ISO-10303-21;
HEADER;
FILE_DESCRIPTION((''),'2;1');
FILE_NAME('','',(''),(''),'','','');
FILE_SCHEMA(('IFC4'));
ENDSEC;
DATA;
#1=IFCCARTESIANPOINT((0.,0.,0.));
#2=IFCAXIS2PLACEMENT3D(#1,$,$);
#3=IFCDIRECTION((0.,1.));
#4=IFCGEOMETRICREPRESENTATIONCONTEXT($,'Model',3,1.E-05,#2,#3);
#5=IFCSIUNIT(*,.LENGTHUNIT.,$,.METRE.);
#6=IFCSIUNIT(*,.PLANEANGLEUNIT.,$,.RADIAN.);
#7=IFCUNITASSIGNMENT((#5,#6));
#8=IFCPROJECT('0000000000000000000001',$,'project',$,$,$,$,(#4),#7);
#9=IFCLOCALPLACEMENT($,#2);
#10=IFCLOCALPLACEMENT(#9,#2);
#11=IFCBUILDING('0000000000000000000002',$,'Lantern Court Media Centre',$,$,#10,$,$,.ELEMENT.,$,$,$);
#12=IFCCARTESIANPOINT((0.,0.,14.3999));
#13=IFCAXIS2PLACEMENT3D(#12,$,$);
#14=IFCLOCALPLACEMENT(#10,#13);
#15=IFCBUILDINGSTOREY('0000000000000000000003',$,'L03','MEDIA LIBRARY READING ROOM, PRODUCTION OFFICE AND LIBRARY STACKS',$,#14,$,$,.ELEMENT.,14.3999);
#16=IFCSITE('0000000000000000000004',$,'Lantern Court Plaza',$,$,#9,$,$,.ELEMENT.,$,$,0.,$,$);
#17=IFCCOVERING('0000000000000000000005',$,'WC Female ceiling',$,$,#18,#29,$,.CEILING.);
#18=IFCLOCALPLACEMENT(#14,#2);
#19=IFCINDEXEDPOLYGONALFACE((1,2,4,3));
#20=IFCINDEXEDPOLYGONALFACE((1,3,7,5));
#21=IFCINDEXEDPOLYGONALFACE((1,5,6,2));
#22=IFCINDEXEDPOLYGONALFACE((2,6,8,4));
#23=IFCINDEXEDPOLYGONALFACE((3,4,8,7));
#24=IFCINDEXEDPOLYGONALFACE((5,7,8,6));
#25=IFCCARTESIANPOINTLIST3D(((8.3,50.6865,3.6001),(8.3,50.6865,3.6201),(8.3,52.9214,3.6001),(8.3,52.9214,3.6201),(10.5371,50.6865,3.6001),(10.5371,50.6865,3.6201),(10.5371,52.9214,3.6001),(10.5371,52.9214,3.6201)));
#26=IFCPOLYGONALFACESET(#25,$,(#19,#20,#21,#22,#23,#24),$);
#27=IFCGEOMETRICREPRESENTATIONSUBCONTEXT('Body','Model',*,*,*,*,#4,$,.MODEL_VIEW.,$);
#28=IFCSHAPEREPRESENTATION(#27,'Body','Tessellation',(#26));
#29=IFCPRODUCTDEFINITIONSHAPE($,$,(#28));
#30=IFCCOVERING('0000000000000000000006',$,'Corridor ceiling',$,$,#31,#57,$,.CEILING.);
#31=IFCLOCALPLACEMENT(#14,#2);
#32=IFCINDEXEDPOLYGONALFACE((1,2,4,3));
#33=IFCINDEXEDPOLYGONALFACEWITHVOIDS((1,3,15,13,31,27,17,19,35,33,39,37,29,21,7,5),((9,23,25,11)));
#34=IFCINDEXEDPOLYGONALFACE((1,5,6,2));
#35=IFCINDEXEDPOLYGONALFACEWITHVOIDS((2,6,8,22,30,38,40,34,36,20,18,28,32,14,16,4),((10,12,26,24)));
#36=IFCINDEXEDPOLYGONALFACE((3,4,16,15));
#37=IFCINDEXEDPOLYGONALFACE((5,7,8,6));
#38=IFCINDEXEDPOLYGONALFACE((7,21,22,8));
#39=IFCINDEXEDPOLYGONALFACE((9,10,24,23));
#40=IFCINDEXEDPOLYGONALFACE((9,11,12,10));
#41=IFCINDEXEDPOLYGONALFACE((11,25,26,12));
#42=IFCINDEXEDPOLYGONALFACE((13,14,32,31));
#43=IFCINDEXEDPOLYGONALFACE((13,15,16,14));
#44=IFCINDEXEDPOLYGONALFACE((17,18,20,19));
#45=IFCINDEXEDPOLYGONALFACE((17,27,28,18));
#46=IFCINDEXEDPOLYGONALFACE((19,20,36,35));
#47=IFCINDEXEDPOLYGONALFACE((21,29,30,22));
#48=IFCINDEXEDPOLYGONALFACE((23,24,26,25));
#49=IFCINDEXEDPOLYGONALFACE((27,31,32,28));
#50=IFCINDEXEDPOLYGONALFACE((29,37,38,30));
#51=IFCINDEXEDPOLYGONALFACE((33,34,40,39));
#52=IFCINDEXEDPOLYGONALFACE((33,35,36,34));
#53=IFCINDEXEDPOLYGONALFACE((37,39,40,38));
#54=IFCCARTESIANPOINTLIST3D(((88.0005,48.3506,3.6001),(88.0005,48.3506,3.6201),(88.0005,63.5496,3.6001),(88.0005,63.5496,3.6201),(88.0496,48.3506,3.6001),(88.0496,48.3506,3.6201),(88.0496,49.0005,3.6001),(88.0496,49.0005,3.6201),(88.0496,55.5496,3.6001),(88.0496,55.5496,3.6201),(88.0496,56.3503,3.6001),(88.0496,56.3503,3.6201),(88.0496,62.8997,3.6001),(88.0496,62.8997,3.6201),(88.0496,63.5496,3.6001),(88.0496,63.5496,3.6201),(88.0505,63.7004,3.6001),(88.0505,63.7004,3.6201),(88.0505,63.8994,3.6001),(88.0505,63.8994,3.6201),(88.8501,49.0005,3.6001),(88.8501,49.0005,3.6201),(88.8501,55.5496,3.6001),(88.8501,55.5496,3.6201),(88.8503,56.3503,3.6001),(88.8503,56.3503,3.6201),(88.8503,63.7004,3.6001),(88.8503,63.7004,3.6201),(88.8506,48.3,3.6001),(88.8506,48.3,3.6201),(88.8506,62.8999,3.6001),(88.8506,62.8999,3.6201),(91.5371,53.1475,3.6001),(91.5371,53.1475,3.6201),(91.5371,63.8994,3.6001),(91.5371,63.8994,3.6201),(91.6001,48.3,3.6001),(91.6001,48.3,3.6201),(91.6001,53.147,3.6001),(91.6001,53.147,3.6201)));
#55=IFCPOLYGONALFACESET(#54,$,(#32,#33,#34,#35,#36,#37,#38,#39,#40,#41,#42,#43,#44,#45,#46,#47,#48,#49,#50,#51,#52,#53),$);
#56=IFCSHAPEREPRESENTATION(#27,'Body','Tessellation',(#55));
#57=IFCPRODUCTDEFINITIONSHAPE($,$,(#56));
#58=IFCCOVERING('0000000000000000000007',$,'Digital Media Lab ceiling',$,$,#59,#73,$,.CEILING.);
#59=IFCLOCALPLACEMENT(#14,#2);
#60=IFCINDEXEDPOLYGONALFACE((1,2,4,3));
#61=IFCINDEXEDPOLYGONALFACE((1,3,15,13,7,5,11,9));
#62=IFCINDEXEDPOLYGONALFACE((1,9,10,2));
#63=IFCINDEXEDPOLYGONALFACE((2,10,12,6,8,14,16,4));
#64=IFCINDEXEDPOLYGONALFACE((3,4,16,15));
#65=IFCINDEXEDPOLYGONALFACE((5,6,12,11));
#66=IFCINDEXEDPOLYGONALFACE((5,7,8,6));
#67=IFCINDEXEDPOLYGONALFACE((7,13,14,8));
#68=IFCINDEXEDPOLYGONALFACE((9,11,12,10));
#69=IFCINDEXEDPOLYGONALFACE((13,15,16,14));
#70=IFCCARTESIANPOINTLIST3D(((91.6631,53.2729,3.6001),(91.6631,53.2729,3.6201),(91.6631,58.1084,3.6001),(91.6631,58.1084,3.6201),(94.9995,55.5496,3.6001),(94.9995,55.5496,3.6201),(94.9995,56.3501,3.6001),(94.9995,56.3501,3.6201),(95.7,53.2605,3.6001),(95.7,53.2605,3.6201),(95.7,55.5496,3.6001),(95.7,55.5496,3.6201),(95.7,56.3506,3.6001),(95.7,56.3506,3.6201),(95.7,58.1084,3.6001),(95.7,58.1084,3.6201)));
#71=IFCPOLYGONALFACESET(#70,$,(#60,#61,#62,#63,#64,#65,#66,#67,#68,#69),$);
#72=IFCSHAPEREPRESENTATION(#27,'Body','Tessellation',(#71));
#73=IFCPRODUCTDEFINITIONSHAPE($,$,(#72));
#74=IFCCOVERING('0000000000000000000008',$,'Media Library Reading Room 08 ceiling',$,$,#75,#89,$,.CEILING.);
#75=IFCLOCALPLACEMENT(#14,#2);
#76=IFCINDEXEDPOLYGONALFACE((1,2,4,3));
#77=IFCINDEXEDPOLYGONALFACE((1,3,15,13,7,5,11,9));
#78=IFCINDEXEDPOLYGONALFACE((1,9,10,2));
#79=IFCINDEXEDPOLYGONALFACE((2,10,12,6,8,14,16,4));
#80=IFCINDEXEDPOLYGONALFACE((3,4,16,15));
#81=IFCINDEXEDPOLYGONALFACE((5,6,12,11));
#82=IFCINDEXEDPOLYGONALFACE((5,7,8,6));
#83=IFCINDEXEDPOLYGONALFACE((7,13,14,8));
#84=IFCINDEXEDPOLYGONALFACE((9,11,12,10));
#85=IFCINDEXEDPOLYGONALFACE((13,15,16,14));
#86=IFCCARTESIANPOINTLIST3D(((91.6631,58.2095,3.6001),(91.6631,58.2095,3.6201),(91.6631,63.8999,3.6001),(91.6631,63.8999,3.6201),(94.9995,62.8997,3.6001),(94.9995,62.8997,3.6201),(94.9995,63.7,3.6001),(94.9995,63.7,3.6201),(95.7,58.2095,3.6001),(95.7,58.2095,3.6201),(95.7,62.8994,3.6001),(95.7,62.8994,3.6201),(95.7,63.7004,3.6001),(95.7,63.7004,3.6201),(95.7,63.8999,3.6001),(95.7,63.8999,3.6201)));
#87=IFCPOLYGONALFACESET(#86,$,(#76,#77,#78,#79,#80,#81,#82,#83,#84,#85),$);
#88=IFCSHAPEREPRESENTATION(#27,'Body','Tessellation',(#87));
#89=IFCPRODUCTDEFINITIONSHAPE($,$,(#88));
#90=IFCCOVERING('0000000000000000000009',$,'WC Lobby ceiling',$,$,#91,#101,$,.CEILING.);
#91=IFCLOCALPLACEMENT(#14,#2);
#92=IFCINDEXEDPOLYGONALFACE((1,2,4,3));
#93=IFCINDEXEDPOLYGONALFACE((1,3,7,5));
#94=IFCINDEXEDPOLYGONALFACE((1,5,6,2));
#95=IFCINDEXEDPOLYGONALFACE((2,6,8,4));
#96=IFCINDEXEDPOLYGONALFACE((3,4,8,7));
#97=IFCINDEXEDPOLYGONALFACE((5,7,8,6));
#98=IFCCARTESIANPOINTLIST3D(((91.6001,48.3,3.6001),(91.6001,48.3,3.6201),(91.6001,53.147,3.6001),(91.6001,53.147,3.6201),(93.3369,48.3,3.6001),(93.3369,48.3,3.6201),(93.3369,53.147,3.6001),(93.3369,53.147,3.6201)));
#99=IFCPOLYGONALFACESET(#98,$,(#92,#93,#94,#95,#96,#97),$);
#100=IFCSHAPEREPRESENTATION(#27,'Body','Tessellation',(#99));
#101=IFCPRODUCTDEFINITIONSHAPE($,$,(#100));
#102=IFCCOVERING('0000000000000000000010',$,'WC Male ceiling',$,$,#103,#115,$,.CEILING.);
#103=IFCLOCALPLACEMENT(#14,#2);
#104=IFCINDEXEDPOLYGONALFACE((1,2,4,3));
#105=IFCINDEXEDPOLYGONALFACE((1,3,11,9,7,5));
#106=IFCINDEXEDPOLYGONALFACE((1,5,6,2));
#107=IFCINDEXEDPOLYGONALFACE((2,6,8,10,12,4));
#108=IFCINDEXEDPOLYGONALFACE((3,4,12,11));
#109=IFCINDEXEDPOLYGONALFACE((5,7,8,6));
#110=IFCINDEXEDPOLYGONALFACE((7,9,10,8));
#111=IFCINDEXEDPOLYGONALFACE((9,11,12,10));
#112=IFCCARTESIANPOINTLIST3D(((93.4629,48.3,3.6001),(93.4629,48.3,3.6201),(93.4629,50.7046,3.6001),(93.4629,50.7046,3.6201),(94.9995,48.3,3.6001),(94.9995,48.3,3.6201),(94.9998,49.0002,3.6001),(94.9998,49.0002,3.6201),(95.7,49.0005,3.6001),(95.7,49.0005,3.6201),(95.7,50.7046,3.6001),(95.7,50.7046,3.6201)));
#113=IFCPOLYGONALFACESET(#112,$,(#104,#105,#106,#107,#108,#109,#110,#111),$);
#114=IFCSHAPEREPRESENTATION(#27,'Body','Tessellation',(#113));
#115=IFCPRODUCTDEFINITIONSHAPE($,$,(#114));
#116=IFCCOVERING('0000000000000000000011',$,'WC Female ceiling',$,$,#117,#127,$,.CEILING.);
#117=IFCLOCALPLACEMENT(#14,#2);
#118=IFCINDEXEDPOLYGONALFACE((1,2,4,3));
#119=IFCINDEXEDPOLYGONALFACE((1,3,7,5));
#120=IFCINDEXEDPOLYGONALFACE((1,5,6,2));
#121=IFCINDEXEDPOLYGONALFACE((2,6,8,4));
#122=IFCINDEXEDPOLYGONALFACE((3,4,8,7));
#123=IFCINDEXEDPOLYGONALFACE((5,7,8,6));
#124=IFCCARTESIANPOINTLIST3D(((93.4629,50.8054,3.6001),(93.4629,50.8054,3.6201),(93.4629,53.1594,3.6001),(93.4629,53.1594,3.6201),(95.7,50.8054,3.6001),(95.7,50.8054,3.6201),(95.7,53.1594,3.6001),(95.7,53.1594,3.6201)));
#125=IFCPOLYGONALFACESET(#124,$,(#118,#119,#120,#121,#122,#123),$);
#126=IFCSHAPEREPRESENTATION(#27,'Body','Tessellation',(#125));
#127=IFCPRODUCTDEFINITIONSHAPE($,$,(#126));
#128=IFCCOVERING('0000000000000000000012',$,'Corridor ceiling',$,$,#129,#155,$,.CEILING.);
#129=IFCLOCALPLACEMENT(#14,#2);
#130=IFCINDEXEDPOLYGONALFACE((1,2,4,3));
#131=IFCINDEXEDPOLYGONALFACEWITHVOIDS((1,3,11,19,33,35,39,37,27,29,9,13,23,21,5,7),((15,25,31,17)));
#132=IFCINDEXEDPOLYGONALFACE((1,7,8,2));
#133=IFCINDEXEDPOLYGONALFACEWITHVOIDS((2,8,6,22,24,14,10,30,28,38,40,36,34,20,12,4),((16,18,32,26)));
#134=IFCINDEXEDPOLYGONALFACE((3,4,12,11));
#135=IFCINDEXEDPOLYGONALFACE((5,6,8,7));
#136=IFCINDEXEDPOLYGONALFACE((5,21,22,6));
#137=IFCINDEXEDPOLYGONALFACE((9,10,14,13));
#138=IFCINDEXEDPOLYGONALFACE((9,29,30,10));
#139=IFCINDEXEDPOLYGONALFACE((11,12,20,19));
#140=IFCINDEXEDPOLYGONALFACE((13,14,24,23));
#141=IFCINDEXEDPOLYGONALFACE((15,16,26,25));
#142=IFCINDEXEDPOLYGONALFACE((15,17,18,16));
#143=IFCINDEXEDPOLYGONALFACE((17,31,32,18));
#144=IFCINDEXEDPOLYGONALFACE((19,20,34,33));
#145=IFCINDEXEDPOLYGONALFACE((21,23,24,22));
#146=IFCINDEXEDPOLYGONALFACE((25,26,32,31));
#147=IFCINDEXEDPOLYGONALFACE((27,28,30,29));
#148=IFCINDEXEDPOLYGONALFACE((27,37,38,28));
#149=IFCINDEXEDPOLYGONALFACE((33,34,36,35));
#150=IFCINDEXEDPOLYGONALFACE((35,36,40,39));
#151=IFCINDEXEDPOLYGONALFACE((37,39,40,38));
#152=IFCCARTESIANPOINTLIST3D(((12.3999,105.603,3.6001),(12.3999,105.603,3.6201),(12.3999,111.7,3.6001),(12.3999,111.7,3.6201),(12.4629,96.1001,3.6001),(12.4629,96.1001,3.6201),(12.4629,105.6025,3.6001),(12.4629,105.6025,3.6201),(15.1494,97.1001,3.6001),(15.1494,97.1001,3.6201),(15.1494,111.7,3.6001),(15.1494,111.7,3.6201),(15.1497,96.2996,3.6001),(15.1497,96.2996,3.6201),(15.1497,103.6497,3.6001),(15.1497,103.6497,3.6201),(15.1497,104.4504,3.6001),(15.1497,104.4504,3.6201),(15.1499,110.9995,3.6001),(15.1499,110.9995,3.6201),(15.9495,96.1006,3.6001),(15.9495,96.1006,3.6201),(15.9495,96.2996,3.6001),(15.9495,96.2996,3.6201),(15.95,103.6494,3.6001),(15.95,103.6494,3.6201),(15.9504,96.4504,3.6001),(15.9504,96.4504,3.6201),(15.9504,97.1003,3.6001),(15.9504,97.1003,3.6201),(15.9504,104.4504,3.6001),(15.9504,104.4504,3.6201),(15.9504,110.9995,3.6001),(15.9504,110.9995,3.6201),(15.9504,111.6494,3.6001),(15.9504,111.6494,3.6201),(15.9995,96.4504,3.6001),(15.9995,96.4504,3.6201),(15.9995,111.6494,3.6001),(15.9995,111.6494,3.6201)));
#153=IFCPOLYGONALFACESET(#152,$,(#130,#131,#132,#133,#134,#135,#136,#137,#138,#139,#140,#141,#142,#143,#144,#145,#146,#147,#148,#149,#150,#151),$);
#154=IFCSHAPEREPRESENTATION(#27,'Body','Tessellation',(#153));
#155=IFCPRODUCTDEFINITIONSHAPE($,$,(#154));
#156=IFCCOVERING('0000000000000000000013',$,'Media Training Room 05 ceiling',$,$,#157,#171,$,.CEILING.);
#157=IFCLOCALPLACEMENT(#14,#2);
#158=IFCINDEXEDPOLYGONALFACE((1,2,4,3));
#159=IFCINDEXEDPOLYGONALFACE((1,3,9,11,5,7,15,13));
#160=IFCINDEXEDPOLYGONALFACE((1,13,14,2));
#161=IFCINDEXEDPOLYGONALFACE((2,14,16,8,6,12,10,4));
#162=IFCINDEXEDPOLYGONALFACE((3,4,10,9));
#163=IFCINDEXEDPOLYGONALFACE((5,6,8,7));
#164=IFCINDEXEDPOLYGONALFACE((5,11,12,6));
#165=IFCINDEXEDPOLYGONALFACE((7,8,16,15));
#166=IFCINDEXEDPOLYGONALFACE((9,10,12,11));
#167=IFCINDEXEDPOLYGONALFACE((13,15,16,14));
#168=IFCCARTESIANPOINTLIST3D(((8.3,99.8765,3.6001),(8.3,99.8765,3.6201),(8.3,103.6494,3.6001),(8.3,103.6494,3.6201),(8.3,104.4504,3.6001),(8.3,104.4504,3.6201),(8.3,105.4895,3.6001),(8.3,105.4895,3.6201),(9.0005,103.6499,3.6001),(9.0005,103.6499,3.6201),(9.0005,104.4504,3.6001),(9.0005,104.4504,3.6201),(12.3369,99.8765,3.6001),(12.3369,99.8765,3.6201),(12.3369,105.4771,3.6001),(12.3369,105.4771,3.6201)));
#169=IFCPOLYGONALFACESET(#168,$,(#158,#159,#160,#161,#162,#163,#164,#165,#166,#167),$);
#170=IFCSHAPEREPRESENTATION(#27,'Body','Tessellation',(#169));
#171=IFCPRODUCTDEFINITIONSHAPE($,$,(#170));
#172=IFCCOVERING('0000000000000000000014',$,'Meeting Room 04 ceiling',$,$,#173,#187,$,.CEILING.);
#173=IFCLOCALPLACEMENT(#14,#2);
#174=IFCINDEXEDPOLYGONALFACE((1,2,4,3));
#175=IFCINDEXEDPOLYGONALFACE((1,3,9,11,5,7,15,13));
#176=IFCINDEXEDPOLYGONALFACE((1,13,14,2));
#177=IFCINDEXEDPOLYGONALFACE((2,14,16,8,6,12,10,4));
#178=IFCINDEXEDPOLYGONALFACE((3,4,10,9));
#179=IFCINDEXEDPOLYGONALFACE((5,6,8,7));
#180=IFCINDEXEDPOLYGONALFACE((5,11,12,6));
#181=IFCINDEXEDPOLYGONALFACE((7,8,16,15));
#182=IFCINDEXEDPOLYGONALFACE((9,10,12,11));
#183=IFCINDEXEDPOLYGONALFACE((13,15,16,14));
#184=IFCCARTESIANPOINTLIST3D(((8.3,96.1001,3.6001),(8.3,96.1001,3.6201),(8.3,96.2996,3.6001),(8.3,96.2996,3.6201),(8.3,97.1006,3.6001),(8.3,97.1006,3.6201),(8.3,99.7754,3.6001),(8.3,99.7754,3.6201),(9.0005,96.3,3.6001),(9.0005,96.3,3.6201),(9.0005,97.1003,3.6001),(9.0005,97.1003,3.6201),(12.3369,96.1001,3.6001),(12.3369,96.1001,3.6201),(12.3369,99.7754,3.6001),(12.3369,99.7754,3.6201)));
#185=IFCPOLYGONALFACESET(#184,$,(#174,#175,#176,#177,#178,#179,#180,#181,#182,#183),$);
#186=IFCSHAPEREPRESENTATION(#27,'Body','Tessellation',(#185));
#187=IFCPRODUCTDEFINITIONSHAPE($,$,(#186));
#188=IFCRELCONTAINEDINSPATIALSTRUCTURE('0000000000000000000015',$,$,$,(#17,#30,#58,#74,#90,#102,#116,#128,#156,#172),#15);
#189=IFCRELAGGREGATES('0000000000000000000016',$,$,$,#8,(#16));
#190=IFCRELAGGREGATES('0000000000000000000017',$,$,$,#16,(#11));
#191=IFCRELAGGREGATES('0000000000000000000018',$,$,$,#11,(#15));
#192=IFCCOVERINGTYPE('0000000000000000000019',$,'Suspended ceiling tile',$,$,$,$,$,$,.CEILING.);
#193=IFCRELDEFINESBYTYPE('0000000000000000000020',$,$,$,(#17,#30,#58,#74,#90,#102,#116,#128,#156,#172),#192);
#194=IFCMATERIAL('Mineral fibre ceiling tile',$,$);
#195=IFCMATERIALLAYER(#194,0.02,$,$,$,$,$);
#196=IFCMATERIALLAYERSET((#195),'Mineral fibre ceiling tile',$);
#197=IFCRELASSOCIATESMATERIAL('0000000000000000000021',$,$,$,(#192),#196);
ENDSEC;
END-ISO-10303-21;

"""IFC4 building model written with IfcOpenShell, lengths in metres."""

from ifc_helpers import new_model, si_unit, direction, frame, origin, place, context, subcontext, project, spatial, polyline, outline, extrude, material, layer, layer_set, type_object, element, save


model = new_model("IFC4")

# Units and contexts
model_context = context("Model", 3, precision=1e-05, world=origin(), true_north=direction((0.0, 1.0)))
body_context = subcontext(model_context, "Body", "Model", "MODEL_VIEW")
ifc_project = project(units=[si_unit("LENGTHUNIT", "METRE"), si_unit("PLANEANGLEUNIT", "RADIAN")], contexts=[model_context])

# Site, building, storey
site_placement = place(None, origin())
site = spatial("IfcSite", under=ifc_project, at=site_placement, Name="Lantern Court Plaza", CompositionType="ELEMENT", RefElevation=0.0)
building_placement = place(site_placement, origin())
building = spatial("IfcBuilding", under=site, at=building_placement, Name="Lantern Court Media Centre", CompositionType="ELEMENT")
storey_placement = place(building_placement, frame((0.0, 0.0, 14.3999)))
storey = spatial("IfcBuildingStorey", under=building, at=storey_placement, Name="L03", Description="MEDIA LIBRARY READING ROOM, PRODUCTION OFFICE AND LIBRARY STACKS", CompositionType="ELEMENT", Elevation=14.3999)

# Coverings
ifc_material = material(Name="Mineral fibre ceiling tile")
ifc_layer = layer(ifc_material, 0.02)
ifc_layer_set = layer_set([ifc_layer], Name="Mineral fibre ceiling tile")
covering_type = type_object("IfcCoveringType", Name="Suspended ceiling tile", PredefinedType="CEILING", material=ifc_layer_set)
covering_1_placement = place(storey_placement, frame((0.0, 0.0, 3.6001)))
element("IfcCovering", 1, at=covering_1_placement, inside=storey, type_object=covering_type, Name="WC Female ceiling", PredefinedType="CEILING", context=body_context, shape_type="SweptSolid", body=[
    extrude(outline(polyline([(8.3, 52.9214), (10.5371, 52.9214), (10.5371, 50.6865), (8.3, 50.6865), (8.3, 52.9214)])), origin(), (0.0, 0.0, 1.0), 0.02),
])
covering_2_placement = place(storey_placement, frame((0.0, 0.0, 3.6001)))
element("IfcCovering", 2, at=covering_2_placement, inside=storey, type_object=covering_type, Name="Corridor ceiling", PredefinedType="CEILING", context=body_context, shape_type="SweptSolid", body=[
    extrude(outline(polyline([(91.6001, 48.3), (88.8506, 48.3), (88.8501, 49.0005), (88.0496, 49.0005), (88.0496, 48.3506), (88.0005, 48.3506), (88.0005, 63.5496), (88.0496, 63.5496), (88.0496, 62.8997), (88.8506, 62.8999), (88.8503, 63.7004), (88.0505, 63.7004), (88.0505, 63.8994), (91.5371, 63.8994), (91.5371, 53.1475), (91.6001, 53.147), (91.6001, 48.3)]), holes=[polyline([(88.8501, 55.5496), (88.8503, 56.3503), (88.0496, 56.3503), (88.0496, 55.5496), (88.8501, 55.5496)])]), origin(), (0.0, 0.0, 1.0), 0.02),
])
covering_3_placement = place(storey_placement, frame((0.0, 0.0, 3.6001)))
element("IfcCovering", 3, at=covering_3_placement, inside=storey, type_object=covering_type, Name="Digital Media Lab ceiling", PredefinedType="CEILING", context=body_context, shape_type="SweptSolid", body=[
    extrude(outline(polyline([(95.7, 53.2605), (91.6631, 53.2729), (91.6631, 58.1084), (95.7, 58.1084), (95.7, 56.3506), (94.9995, 56.3501), (94.9995, 55.5496), (95.7, 55.5496), (95.7, 53.2605)])), origin(), (0.0, 0.0, 1.0), 0.02),
])
covering_4_placement = place(storey_placement, frame((0.0, 0.0, 3.6001)))
element("IfcCovering", 4, at=covering_4_placement, inside=storey, type_object=covering_type, Name="Media Library Reading Room 08 ceiling", PredefinedType="CEILING", context=body_context, shape_type="SweptSolid", body=[
    extrude(outline(polyline([(95.7, 58.2095), (91.6631, 58.2095), (91.6631, 63.8999), (95.7, 63.8999), (95.7, 63.7004), (94.9995, 63.7), (94.9995, 62.8997), (95.7, 62.8994), (95.7, 58.2095)])), origin(), (0.0, 0.0, 1.0), 0.02),
])
covering_5_placement = place(storey_placement, frame((0.0, 0.0, 3.6001)))
element("IfcCovering", 5, at=covering_5_placement, inside=storey, type_object=covering_type, Name="WC Lobby ceiling", PredefinedType="CEILING", context=body_context, shape_type="SweptSolid", body=[
    extrude(outline(polyline([(91.6001, 48.3), (91.6001, 53.147), (93.3369, 53.147), (93.3369, 48.3), (91.6001, 48.3)])), origin(), (0.0, 0.0, 1.0), 0.02),
])
covering_6_placement = place(storey_placement, frame((0.0, 0.0, 3.6001)))
element("IfcCovering", 6, at=covering_6_placement, inside=storey, type_object=covering_type, Name="WC Male ceiling", PredefinedType="CEILING", context=body_context, shape_type="SweptSolid", body=[
    extrude(outline(polyline([(95.7, 49.0005), (94.9998, 49.0002), (94.9995, 48.3), (93.4629, 48.3), (93.4629, 50.7046), (95.7, 50.7046), (95.7, 49.0005)])), origin(), (0.0, 0.0, 1.0), 0.02),
])
covering_7_placement = place(storey_placement, frame((0.0, 0.0, 3.6001)))
element("IfcCovering", 7, at=covering_7_placement, inside=storey, type_object=covering_type, Name="WC Female ceiling", PredefinedType="CEILING", context=body_context, shape_type="SweptSolid", body=[
    extrude(outline(polyline([(95.7, 50.8054), (93.4629, 50.8054), (93.4629, 53.1594), (95.7, 53.1594), (95.7, 50.8054)])), origin(), (0.0, 0.0, 1.0), 0.02),
])
covering_8_placement = place(storey_placement, frame((0.0, 0.0, 3.6001)))
element("IfcCovering", 8, at=covering_8_placement, inside=storey, type_object=covering_type, Name="Corridor ceiling", PredefinedType="CEILING", context=body_context, shape_type="SweptSolid", body=[
    extrude(outline(polyline([(12.3999, 111.7), (15.1494, 111.7), (15.1499, 110.9995), (15.9504, 110.9995), (15.9504, 111.6494), (15.9995, 111.6494), (15.9995, 96.4504), (15.9504, 96.4504), (15.9504, 97.1003), (15.1494, 97.1001), (15.1497, 96.2996), (15.9495, 96.2996), (15.9495, 96.1006), (12.4629, 96.1001), (12.4629, 105.6025), (12.3999, 105.603), (12.3999, 111.7)]), holes=[polyline([(15.95, 103.6494), (15.9504, 104.4504), (15.1497, 104.4504), (15.1497, 103.6497), (15.95, 103.6494)])]), origin(), (0.0, 0.0, 1.0), 0.02),
])
covering_9_placement = place(storey_placement, frame((0.0, 0.0, 3.6001)))
element("IfcCovering", 9, at=covering_9_placement, inside=storey, type_object=covering_type, Name="Media Training Room 05 ceiling", PredefinedType="CEILING", context=body_context, shape_type="SweptSolid", body=[
    extrude(outline(polyline([(8.3, 105.4895), (12.3369, 105.4771), (12.3369, 99.8765), (8.3, 99.8765), (8.3, 103.6494), (9.0005, 103.6499), (9.0005, 104.4504), (8.3, 104.4504), (8.3, 105.4895)])), origin(), (0.0, 0.0, 1.0), 0.02),
])
covering_10_placement = place(storey_placement, frame((0.0, 0.0, 3.6001)))
element("IfcCovering", 10, at=covering_10_placement, inside=storey, type_object=covering_type, Name="Meeting Room 04 ceiling", PredefinedType="CEILING", context=body_context, shape_type="SweptSolid", body=[
    extrude(outline(polyline([(8.3, 99.7754), (12.3369, 99.7754), (12.3369, 96.1001), (8.3, 96.1001), (8.3, 96.2996), (9.0005, 96.3), (9.0005, 97.1003), (8.3, 97.1006), (8.3, 99.7754)])), origin(), (0.0, 0.0, 1.0), 0.02),
])

save(model, "model.ifc")
